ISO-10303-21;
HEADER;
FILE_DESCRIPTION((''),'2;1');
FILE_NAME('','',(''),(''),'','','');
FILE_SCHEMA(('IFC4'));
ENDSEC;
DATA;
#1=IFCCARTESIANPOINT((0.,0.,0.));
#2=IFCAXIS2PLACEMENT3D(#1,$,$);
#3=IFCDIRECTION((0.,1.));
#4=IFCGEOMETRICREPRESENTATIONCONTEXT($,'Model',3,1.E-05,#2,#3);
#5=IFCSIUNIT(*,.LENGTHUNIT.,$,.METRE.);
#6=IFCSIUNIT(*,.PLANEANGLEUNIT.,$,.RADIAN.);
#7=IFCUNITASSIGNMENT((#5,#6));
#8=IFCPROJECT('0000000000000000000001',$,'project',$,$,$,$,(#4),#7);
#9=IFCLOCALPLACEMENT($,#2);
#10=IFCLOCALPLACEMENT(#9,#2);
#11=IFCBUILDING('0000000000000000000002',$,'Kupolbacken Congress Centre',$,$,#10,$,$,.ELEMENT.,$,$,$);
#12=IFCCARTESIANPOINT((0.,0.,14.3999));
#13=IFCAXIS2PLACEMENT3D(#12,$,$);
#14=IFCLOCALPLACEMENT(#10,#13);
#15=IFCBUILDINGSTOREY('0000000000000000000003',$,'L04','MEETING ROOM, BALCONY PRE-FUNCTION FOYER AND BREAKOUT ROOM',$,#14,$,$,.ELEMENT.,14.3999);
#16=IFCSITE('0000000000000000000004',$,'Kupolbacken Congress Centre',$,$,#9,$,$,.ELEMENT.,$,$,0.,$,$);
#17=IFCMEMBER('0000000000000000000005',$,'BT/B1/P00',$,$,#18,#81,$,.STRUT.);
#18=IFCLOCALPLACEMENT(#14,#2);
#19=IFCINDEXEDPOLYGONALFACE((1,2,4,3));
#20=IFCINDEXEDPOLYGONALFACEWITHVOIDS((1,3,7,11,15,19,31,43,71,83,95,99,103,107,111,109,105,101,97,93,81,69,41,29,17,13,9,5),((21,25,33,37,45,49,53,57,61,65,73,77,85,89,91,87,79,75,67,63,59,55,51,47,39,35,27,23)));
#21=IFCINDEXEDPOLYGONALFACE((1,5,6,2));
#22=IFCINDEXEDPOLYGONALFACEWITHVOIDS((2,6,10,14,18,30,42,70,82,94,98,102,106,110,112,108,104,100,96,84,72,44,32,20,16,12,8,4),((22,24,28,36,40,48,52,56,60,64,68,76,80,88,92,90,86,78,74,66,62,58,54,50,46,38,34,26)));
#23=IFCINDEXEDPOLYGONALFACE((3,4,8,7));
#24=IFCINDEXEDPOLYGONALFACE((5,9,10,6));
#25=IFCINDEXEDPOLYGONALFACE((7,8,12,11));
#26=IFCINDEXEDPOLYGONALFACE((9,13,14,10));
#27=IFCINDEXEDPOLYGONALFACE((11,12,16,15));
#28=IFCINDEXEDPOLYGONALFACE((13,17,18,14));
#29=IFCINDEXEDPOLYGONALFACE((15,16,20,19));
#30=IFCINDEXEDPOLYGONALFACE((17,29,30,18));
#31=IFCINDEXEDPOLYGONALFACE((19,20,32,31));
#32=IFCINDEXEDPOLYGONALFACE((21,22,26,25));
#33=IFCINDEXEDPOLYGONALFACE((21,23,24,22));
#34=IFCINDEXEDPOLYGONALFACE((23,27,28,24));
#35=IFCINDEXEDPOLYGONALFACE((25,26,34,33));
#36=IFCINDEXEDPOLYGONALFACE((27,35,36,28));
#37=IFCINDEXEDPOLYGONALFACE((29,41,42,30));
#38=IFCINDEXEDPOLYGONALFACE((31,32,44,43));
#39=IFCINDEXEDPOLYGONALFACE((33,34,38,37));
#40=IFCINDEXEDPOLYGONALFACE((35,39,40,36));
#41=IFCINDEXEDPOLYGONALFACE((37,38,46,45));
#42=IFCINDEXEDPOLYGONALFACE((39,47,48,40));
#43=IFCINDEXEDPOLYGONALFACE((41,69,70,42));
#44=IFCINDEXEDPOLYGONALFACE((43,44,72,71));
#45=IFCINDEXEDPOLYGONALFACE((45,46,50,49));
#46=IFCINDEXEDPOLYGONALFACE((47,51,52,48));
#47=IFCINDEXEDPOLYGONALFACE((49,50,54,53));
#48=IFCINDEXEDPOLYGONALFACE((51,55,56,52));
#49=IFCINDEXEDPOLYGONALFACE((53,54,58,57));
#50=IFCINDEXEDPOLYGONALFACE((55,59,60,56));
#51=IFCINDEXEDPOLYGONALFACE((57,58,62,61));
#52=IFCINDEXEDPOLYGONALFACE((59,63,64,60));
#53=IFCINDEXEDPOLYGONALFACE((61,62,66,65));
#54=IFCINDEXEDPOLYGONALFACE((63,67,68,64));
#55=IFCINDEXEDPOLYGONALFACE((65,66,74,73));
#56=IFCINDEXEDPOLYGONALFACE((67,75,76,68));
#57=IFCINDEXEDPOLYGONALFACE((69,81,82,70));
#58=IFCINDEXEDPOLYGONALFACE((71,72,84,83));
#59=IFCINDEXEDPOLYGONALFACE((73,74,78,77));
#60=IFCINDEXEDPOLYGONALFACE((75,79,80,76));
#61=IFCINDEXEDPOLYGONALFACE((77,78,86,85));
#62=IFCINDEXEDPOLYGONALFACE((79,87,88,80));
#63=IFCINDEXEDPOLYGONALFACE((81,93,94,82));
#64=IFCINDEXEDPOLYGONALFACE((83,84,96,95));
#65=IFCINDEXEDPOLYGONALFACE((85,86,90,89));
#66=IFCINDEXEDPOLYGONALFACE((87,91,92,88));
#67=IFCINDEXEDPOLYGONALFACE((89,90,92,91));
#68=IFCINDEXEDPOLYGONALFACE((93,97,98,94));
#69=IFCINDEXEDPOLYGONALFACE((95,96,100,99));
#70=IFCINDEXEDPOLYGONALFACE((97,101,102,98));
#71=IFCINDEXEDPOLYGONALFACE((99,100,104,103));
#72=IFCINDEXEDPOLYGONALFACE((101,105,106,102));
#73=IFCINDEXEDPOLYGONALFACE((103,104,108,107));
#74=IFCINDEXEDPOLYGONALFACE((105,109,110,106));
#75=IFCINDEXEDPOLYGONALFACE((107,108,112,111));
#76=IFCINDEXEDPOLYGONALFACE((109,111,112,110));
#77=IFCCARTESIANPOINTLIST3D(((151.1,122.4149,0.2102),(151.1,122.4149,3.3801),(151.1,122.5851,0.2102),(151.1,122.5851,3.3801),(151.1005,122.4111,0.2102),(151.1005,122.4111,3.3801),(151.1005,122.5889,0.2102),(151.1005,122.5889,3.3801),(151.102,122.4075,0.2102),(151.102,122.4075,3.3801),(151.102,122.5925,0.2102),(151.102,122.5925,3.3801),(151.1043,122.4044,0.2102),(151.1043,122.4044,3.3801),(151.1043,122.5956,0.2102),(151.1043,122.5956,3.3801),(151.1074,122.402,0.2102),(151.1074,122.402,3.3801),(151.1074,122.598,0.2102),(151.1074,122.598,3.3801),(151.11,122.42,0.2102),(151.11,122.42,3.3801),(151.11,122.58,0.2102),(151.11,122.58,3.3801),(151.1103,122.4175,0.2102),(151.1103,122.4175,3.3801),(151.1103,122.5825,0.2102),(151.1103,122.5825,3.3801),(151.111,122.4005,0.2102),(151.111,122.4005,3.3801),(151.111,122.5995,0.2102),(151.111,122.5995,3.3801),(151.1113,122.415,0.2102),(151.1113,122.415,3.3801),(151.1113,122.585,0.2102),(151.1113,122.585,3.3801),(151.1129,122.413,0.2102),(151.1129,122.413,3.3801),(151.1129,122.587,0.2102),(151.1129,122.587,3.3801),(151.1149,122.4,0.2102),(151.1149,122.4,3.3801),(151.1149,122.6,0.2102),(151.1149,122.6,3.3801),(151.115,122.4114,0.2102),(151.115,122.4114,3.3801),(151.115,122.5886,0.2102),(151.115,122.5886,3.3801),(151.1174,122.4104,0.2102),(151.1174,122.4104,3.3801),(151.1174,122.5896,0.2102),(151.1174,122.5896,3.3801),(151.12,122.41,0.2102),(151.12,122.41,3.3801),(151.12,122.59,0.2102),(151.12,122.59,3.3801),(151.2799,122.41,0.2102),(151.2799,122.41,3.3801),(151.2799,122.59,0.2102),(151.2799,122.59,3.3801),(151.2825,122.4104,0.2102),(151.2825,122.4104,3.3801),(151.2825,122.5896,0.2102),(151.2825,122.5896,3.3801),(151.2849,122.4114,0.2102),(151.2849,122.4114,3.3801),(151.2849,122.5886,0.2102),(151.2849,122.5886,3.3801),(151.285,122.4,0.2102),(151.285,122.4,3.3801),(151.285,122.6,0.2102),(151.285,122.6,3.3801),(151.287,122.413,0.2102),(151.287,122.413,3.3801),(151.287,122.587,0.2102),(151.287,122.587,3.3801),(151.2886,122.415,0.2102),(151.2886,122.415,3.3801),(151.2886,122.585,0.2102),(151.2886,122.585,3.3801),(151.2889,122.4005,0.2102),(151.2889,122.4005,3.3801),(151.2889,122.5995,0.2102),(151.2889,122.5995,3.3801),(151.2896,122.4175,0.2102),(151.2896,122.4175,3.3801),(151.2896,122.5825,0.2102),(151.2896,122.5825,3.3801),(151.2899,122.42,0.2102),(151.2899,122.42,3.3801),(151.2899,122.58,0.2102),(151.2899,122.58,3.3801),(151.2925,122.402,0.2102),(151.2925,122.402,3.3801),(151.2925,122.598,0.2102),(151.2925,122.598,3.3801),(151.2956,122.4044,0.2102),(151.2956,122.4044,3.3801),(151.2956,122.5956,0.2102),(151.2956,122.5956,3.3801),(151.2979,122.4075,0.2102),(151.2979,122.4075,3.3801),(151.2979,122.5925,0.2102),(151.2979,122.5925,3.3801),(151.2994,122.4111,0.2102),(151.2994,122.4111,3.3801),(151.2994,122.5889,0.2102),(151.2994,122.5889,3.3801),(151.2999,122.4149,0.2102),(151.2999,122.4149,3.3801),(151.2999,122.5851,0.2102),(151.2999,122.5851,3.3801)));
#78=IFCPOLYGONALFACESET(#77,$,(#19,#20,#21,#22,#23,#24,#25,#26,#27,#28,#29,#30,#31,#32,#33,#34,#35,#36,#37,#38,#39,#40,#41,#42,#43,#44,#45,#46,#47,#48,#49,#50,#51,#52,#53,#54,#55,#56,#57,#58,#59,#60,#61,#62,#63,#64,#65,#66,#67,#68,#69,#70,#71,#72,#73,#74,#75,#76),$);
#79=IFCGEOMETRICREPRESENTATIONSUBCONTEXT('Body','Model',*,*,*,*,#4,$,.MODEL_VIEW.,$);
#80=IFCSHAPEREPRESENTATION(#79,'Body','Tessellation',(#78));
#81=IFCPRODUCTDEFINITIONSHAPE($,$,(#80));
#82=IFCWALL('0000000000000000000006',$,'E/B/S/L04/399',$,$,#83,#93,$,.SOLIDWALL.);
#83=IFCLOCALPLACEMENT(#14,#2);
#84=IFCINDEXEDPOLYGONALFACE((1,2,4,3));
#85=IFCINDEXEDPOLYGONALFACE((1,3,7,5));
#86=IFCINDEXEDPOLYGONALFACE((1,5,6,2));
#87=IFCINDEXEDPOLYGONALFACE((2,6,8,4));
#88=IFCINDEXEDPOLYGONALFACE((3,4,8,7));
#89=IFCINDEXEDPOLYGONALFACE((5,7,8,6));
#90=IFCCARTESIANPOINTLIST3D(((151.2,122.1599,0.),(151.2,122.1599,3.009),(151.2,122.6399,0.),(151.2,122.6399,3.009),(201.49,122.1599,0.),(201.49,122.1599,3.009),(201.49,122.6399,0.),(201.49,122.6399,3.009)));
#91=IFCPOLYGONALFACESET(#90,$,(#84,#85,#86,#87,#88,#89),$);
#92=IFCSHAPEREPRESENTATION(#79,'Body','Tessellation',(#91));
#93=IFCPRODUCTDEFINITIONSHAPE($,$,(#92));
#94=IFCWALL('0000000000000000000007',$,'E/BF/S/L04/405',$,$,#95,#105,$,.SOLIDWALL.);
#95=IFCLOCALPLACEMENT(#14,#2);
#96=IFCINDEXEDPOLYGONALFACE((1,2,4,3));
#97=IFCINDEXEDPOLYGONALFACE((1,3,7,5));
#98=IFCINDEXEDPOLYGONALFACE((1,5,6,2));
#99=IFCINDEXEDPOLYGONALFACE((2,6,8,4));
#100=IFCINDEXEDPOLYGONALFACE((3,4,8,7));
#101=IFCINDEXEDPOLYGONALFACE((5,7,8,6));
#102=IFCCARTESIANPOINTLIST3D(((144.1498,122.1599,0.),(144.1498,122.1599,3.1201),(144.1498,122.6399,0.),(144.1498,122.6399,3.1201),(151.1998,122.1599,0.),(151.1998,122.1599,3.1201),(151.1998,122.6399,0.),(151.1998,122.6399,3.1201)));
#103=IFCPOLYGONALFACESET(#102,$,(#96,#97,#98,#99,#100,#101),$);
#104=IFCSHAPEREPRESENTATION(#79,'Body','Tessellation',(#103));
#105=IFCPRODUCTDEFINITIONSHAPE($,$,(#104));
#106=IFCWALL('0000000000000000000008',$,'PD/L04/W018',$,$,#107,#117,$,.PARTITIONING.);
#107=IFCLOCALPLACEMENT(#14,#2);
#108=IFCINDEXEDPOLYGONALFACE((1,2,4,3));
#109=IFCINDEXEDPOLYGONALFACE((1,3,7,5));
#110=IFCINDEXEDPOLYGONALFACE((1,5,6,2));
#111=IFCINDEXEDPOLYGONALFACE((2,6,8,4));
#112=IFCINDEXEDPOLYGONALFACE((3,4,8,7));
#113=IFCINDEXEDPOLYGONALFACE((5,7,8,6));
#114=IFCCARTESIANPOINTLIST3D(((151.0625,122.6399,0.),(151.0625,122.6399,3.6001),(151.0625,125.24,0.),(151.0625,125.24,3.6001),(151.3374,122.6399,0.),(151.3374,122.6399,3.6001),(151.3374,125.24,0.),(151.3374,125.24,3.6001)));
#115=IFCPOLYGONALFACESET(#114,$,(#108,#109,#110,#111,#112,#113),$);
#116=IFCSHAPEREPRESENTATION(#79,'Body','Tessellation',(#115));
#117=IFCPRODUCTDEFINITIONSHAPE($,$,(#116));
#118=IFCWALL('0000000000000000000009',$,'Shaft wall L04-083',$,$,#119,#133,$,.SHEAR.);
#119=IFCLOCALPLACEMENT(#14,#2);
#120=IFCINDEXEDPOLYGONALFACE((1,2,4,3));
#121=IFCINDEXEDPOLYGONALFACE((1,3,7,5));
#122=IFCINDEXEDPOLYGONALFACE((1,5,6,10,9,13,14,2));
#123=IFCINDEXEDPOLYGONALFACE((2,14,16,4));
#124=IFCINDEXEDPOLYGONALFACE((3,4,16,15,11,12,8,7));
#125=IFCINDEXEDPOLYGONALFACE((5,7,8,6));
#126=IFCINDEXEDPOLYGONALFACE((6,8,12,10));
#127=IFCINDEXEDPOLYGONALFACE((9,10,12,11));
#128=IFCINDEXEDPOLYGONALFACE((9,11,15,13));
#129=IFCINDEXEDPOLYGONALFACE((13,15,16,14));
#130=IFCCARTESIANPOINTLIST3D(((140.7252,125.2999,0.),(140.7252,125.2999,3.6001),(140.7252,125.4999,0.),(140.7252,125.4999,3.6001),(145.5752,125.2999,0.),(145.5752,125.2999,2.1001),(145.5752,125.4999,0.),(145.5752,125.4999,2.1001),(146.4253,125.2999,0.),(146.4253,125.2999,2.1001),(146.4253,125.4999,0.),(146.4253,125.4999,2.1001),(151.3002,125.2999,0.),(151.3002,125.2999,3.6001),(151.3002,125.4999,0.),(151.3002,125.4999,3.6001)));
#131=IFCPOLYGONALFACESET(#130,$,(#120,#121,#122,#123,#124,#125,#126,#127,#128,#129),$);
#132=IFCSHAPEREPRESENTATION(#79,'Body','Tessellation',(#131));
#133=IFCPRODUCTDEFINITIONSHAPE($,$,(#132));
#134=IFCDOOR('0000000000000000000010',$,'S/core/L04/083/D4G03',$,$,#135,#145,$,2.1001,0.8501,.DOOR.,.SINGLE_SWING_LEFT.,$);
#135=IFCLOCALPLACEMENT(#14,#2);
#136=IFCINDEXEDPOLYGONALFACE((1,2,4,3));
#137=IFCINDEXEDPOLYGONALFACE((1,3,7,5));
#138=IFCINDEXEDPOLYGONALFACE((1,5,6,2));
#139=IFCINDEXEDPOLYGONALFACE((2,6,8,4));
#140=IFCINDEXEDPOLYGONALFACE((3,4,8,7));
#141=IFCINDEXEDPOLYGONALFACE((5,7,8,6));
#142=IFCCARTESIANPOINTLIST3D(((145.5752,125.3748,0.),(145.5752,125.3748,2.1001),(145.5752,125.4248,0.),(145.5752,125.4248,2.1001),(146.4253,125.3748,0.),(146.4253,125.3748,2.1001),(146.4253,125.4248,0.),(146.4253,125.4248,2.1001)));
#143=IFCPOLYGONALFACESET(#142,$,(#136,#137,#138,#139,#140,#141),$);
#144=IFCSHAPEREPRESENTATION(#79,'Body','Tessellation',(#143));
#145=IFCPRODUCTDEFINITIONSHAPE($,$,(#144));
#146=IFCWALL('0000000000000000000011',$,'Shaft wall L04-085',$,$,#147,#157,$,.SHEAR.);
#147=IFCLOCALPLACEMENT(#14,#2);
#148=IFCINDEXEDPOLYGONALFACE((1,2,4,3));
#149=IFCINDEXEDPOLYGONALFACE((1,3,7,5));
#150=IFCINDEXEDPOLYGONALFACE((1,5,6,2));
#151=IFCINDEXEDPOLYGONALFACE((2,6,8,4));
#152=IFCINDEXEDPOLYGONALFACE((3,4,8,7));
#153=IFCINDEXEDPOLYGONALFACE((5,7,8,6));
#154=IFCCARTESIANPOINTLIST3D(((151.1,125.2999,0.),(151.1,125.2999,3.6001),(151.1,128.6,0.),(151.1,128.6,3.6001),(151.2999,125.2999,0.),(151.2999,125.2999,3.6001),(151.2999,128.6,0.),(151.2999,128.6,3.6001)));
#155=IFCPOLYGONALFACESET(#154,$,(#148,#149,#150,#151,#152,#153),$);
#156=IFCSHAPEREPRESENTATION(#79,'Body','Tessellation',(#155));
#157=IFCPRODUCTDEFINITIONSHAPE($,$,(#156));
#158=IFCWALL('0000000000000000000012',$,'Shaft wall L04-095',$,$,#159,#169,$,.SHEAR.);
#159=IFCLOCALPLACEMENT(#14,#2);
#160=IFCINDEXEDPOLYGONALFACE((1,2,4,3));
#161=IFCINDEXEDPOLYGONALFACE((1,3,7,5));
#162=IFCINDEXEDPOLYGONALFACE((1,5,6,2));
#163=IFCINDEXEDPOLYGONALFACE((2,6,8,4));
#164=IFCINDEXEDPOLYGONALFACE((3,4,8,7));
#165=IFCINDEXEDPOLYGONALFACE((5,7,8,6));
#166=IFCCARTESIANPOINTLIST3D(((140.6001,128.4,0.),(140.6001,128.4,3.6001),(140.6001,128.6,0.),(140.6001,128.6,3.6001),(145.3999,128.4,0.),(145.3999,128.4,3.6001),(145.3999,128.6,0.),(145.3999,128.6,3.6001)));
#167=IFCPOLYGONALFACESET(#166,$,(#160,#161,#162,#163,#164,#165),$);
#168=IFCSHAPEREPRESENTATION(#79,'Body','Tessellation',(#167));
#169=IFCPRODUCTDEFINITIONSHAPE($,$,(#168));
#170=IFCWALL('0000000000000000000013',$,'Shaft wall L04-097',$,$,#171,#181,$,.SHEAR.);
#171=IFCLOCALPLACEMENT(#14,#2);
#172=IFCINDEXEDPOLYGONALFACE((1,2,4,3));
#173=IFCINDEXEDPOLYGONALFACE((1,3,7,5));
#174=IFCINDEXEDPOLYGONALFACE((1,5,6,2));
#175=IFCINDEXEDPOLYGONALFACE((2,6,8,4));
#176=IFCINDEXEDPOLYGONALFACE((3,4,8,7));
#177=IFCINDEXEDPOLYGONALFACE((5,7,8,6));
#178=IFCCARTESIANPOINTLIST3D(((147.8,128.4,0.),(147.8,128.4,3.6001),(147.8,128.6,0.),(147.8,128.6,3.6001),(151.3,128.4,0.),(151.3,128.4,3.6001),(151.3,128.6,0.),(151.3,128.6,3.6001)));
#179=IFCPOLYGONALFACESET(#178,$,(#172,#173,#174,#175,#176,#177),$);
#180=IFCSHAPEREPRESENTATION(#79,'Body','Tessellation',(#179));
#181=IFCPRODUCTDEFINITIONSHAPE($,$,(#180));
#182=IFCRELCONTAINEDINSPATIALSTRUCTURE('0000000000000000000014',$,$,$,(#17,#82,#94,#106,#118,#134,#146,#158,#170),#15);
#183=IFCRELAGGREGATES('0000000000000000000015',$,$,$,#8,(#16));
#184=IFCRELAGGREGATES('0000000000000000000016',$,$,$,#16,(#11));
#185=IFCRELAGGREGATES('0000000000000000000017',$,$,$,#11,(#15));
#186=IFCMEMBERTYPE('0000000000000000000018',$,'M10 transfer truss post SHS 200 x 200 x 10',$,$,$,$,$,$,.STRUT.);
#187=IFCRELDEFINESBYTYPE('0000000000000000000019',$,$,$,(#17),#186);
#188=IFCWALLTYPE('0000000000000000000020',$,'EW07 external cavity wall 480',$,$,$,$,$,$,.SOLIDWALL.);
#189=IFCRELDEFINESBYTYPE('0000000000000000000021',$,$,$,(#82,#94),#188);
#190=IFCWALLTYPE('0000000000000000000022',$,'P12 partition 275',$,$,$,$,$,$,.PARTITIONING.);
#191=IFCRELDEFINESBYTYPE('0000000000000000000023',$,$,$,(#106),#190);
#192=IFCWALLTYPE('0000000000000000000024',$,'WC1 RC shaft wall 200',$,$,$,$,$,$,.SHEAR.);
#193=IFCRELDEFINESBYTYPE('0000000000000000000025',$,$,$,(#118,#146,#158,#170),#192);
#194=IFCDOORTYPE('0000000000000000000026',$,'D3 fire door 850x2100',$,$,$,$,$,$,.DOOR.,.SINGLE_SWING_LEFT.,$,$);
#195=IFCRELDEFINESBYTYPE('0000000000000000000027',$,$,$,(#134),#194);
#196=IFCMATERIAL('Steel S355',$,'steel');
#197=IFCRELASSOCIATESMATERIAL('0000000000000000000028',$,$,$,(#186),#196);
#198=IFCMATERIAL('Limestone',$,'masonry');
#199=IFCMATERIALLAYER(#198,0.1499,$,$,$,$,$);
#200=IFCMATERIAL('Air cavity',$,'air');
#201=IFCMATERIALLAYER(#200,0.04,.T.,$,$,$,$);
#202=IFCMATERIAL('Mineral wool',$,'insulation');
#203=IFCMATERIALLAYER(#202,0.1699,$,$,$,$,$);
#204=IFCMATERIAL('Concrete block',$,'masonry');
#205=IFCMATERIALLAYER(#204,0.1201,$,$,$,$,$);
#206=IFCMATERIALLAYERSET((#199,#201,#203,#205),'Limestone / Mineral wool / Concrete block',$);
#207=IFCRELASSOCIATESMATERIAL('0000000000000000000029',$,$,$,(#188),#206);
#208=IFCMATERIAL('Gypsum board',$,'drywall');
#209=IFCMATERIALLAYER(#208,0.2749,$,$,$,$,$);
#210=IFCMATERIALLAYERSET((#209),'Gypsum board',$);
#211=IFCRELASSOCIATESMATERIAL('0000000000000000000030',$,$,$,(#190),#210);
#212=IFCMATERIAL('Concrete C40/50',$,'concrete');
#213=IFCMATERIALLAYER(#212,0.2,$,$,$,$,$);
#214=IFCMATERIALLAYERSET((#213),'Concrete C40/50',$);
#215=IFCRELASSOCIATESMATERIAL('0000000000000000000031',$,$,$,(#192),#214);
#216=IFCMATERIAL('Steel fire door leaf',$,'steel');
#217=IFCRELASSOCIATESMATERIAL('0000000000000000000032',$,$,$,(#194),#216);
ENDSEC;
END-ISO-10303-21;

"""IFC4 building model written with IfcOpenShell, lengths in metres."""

from ifc_helpers import new_model, si_unit, direction, frame, frame_2d, origin, origin_2d, place, context, subcontext, project, spatial, rectangle, hollow_rectangle, extrude, material, layer, layer_set, material_profile, profile_set, type_object, element, fill, save


model = new_model("IFC4")

# Units and contexts
model_context = context("Model", 3, precision=1e-05, world=origin(), true_north=direction((0.0, 1.0)))
body_context = subcontext(model_context, "Body", "Model", "MODEL_VIEW")
ifc_project = project(units=[si_unit("LENGTHUNIT", "METRE"), si_unit("PLANEANGLEUNIT", "RADIAN")], contexts=[model_context])

# Site, building, storey
site_placement = place(None, origin())
site = spatial("IfcSite", under=ifc_project, at=site_placement, Name="Kupolbacken Congress Centre", CompositionType="ELEMENT", RefElevation=0.0)
building_placement = place(site_placement, origin())
building = spatial("IfcBuilding", under=site, at=building_placement, Name="Kupolbacken Congress Centre", CompositionType="ELEMENT")
storey_placement = place(building_placement, frame((0.0, 0.0, 14.3999)))
storey = spatial("IfcBuildingStorey", under=building, at=storey_placement, Name="L04", Description="MEETING ROOM, BALCONY PRE-FUNCTION FOYER AND BREAKOUT ROOM", CompositionType="ELEMENT", Elevation=14.3999)

# Member
ifc_material_1 = material(Name="Steel S355", Category="steel")
ifc_material_profile_1 = material_profile(ifc_material_1, hollow_rectangle(XDim=0.2, YDim=0.2, WallThickness=0.01, InnerFilletRadius=0.01, OuterFilletRadius=0.0149, at=origin_2d()), Name="SHS 200 x 200 x 10")
ifc_profile_set_1 = profile_set([ifc_material_profile_1], Name="Steel S355")
member_type_1 = type_object("IfcMemberType", Name="M10 transfer truss post SHS 200 x 200 x 10", PredefinedType="STRUT", material=ifc_profile_set_1)
member_1_placement = place(storey_placement, frame((151.2, 122.5, 0.2102), z_axis=(0.0, 0.0, 1.0), x_axis=(0.0, 1.0, 0.0)))
element("IfcMember", 1, at=member_1_placement, inside=storey, type_object=member_type_1, Name="BT/B1/P00", PredefinedType="STRUT", context=body_context, shape_type="SweptSolid", body=[
    extrude(hollow_rectangle(XDim=0.2, YDim=0.2, WallThickness=0.01, InnerFilletRadius=0.01, OuterFilletRadius=0.0149, at=origin_2d()), origin(), (0.0, 0.0, 1.0), 3.1699),
])

# Walls
ifc_material_2 = material(Name="Limestone", Category="masonry")
ifc_layer_1 = layer(ifc_material_2, 0.1499)
ifc_material_3 = material(Name="Air cavity", Category="air")
ifc_layer_2 = layer(ifc_material_3, 0.04, ventilated=True)
ifc_material_4 = material(Name="Mineral wool", Category="insulation")
ifc_layer_3 = layer(ifc_material_4, 0.1699)
ifc_material_5 = material(Name="Concrete block", Category="masonry")
ifc_layer_4 = layer(ifc_material_5, 0.1201)
ifc_layer_set_1 = layer_set([ifc_layer_1, ifc_layer_2, ifc_layer_3, ifc_layer_4], Name="Limestone / Mineral wool / Concrete block")
wall_type_1 = type_object("IfcWallType", Name="EW07 external cavity wall 480", PredefinedType="SOLIDWALL", material=ifc_layer_set_1)
wall_1_placement = place(storey_placement, frame((151.2, 122.3999, 0.0), z_axis=(0.0, 0.0, 1.0), x_axis=(1.0, 0.0, 0.0)))
element("IfcWall", 2, at=wall_1_placement, inside=storey, type_object=wall_type_1, Name="E/B/S/L04/399", PredefinedType="SOLIDWALL", context=body_context, shape_type="SweptSolid", body=[
    extrude(rectangle(XDim=50.29, YDim=0.48, at=frame_2d((25.145, 0.0))), origin(), (0.0, 0.0, 1.0), 3.009),
])
wall_2_placement = place(storey_placement, frame((144.1499, 122.3999, 0.0), z_axis=(0.0, 0.0, 1.0), x_axis=(1.0, 0.0, 0.0)))
element("IfcWall", 3, at=wall_2_placement, inside=storey, type_object=wall_type_1, Name="E/BF/S/L04/405", PredefinedType="SOLIDWALL", context=body_context, shape_type="SweptSolid", body=[
    extrude(rectangle(XDim=7.05, YDim=0.48, at=frame_2d((3.5249, 0.0))), origin(), (0.0, 0.0, 1.0), 3.1201),
])
ifc_material_6 = material(Name="Gypsum board", Category="drywall")
ifc_layer_5 = layer(ifc_material_6, 0.2749)
ifc_layer_set_2 = layer_set([ifc_layer_5], Name="Gypsum board")
wall_type_2 = type_object("IfcWallType", Name="P12 partition 275", PredefinedType="PARTITIONING", material=ifc_layer_set_2)
wall_3_placement = place(storey_placement, frame((151.2, 122.6399, 0.0), z_axis=(0.0, 0.0, 1.0), x_axis=(0.0, 1.0, 0.0)))
element("IfcWall", 4, at=wall_3_placement, inside=storey, type_object=wall_type_2, Name="PD/L04/W018", PredefinedType="PARTITIONING", context=body_context, shape_type="SweptSolid", body=[
    extrude(rectangle(XDim=2.6001, YDim=0.2749, at=frame_2d((1.3, 0.0))), origin(), (0.0, 0.0, 1.0), 3.6001),
])

# Wall, opening, door
ifc_material_7 = material(Name="Concrete C40/50", Category="concrete")
ifc_layer_6 = layer(ifc_material_7, 0.2)
ifc_layer_set_3 = layer_set([ifc_layer_6], Name="Concrete C40/50")
wall_type_3 = type_object("IfcWallType", Name="WC1 RC shaft wall 200", PredefinedType="SHEAR", material=ifc_layer_set_3)
wall_4_placement = place(storey_placement, frame((140.7251, 125.3999, 0.0), z_axis=(0.0, 0.0, 1.0), x_axis=(1.0, 0.0, 0.0)))
wall_4 = element("IfcWall", 5, at=wall_4_placement, inside=storey, type_object=wall_type_3, Name="Shaft wall L04-083", PredefinedType="SHEAR", context=body_context, shape_type="SweptSolid", body=[
    extrude(rectangle(XDim=10.575, YDim=0.2, at=frame_2d((5.2876, 0.0))), origin(), (0.0, 0.0, 1.0), 3.6001),
])
opening_placement = place(wall_4_placement, frame((4.8501, 0.0, 0.0)))
opening = element("IfcOpeningElement", 6, at=opening_placement, cuts=wall_4, PredefinedType="OPENING", context=body_context, shape_type="SweptSolid", body=[
    extrude(rectangle(XDim=0.8501, YDim=2.1001, at=frame_2d((0.425, 1.05))), frame((0.0, 0.1099, 0.0), z_axis=(0.0, -1.0, 0.0), x_axis=(1.0, 0.0, 0.0)), (0.0, 0.0, 1.0), 0.22),
])
ifc_material_8 = material(Name="Steel fire door leaf", Category="steel")
door_type = type_object("IfcDoorType", Name="D3 fire door 850x2100", OperationType="SINGLE_SWING_LEFT", PredefinedType="DOOR", material=ifc_material_8)
door_placement = place(opening_placement, origin())
door = element("IfcDoor", 7, at=door_placement, inside=storey, type_object=door_type, Name="S/core/L04/083/D4G03", OperationType="SINGLE_SWING_LEFT", OverallHeight=2.1001, OverallWidth=0.8501, PredefinedType="DOOR", context=body_context, shape_type="SweptSolid", body=[
    extrude(rectangle(XDim=0.8501, YDim=2.1001, at=frame_2d((0.425, 1.05))), frame((0.0, 0.0249, 0.0), z_axis=(0.0, -1.0, 0.0), x_axis=(1.0, 0.0, 0.0)), (0.0, 0.0, 1.0), 0.05),
])
fill(opening, door)

# Walls
wall_5_placement = place(storey_placement, frame((151.2, 125.3, 0.0), z_axis=(0.0, 0.0, 1.0), x_axis=(0.0, 1.0, 0.0)))
element("IfcWall", 8, at=wall_5_placement, inside=storey, type_object=wall_type_3, Name="Shaft wall L04-085", PredefinedType="SHEAR", context=body_context, shape_type="SweptSolid", body=[
    extrude(rectangle(XDim=3.3, YDim=0.2, at=frame_2d((1.6499, 0.0))), origin(), (0.0, 0.0, 1.0), 3.6001),
])
wall_6_placement = place(storey_placement, frame((140.6001, 128.5, 0.0), z_axis=(0.0, 0.0, 1.0), x_axis=(1.0, 0.0, 0.0)))
element("IfcWall", 9, at=wall_6_placement, inside=storey, type_object=wall_type_3, Name="Shaft wall L04-095", PredefinedType="SHEAR", context=body_context, shape_type="SweptSolid", body=[
    extrude(rectangle(XDim=4.7998, YDim=0.2, at=frame_2d((2.3999, 0.0))), origin(), (0.0, 0.0, 1.0), 3.6001),
])
wall_7_placement = place(storey_placement, frame((147.8, 128.5, 0.0), z_axis=(0.0, 0.0, 1.0), x_axis=(1.0, 0.0, 0.0)))
element("IfcWall", 10, at=wall_7_placement, inside=storey, type_object=wall_type_3, Name="Shaft wall L04-097", PredefinedType="SHEAR", context=body_context, shape_type="SweptSolid", body=[
    extrude(rectangle(XDim=3.5, YDim=0.2, at=frame_2d((1.75, 0.0))), origin(), (0.0, 0.0, 1.0), 3.6001),
])

save(model, "model.ifc")
